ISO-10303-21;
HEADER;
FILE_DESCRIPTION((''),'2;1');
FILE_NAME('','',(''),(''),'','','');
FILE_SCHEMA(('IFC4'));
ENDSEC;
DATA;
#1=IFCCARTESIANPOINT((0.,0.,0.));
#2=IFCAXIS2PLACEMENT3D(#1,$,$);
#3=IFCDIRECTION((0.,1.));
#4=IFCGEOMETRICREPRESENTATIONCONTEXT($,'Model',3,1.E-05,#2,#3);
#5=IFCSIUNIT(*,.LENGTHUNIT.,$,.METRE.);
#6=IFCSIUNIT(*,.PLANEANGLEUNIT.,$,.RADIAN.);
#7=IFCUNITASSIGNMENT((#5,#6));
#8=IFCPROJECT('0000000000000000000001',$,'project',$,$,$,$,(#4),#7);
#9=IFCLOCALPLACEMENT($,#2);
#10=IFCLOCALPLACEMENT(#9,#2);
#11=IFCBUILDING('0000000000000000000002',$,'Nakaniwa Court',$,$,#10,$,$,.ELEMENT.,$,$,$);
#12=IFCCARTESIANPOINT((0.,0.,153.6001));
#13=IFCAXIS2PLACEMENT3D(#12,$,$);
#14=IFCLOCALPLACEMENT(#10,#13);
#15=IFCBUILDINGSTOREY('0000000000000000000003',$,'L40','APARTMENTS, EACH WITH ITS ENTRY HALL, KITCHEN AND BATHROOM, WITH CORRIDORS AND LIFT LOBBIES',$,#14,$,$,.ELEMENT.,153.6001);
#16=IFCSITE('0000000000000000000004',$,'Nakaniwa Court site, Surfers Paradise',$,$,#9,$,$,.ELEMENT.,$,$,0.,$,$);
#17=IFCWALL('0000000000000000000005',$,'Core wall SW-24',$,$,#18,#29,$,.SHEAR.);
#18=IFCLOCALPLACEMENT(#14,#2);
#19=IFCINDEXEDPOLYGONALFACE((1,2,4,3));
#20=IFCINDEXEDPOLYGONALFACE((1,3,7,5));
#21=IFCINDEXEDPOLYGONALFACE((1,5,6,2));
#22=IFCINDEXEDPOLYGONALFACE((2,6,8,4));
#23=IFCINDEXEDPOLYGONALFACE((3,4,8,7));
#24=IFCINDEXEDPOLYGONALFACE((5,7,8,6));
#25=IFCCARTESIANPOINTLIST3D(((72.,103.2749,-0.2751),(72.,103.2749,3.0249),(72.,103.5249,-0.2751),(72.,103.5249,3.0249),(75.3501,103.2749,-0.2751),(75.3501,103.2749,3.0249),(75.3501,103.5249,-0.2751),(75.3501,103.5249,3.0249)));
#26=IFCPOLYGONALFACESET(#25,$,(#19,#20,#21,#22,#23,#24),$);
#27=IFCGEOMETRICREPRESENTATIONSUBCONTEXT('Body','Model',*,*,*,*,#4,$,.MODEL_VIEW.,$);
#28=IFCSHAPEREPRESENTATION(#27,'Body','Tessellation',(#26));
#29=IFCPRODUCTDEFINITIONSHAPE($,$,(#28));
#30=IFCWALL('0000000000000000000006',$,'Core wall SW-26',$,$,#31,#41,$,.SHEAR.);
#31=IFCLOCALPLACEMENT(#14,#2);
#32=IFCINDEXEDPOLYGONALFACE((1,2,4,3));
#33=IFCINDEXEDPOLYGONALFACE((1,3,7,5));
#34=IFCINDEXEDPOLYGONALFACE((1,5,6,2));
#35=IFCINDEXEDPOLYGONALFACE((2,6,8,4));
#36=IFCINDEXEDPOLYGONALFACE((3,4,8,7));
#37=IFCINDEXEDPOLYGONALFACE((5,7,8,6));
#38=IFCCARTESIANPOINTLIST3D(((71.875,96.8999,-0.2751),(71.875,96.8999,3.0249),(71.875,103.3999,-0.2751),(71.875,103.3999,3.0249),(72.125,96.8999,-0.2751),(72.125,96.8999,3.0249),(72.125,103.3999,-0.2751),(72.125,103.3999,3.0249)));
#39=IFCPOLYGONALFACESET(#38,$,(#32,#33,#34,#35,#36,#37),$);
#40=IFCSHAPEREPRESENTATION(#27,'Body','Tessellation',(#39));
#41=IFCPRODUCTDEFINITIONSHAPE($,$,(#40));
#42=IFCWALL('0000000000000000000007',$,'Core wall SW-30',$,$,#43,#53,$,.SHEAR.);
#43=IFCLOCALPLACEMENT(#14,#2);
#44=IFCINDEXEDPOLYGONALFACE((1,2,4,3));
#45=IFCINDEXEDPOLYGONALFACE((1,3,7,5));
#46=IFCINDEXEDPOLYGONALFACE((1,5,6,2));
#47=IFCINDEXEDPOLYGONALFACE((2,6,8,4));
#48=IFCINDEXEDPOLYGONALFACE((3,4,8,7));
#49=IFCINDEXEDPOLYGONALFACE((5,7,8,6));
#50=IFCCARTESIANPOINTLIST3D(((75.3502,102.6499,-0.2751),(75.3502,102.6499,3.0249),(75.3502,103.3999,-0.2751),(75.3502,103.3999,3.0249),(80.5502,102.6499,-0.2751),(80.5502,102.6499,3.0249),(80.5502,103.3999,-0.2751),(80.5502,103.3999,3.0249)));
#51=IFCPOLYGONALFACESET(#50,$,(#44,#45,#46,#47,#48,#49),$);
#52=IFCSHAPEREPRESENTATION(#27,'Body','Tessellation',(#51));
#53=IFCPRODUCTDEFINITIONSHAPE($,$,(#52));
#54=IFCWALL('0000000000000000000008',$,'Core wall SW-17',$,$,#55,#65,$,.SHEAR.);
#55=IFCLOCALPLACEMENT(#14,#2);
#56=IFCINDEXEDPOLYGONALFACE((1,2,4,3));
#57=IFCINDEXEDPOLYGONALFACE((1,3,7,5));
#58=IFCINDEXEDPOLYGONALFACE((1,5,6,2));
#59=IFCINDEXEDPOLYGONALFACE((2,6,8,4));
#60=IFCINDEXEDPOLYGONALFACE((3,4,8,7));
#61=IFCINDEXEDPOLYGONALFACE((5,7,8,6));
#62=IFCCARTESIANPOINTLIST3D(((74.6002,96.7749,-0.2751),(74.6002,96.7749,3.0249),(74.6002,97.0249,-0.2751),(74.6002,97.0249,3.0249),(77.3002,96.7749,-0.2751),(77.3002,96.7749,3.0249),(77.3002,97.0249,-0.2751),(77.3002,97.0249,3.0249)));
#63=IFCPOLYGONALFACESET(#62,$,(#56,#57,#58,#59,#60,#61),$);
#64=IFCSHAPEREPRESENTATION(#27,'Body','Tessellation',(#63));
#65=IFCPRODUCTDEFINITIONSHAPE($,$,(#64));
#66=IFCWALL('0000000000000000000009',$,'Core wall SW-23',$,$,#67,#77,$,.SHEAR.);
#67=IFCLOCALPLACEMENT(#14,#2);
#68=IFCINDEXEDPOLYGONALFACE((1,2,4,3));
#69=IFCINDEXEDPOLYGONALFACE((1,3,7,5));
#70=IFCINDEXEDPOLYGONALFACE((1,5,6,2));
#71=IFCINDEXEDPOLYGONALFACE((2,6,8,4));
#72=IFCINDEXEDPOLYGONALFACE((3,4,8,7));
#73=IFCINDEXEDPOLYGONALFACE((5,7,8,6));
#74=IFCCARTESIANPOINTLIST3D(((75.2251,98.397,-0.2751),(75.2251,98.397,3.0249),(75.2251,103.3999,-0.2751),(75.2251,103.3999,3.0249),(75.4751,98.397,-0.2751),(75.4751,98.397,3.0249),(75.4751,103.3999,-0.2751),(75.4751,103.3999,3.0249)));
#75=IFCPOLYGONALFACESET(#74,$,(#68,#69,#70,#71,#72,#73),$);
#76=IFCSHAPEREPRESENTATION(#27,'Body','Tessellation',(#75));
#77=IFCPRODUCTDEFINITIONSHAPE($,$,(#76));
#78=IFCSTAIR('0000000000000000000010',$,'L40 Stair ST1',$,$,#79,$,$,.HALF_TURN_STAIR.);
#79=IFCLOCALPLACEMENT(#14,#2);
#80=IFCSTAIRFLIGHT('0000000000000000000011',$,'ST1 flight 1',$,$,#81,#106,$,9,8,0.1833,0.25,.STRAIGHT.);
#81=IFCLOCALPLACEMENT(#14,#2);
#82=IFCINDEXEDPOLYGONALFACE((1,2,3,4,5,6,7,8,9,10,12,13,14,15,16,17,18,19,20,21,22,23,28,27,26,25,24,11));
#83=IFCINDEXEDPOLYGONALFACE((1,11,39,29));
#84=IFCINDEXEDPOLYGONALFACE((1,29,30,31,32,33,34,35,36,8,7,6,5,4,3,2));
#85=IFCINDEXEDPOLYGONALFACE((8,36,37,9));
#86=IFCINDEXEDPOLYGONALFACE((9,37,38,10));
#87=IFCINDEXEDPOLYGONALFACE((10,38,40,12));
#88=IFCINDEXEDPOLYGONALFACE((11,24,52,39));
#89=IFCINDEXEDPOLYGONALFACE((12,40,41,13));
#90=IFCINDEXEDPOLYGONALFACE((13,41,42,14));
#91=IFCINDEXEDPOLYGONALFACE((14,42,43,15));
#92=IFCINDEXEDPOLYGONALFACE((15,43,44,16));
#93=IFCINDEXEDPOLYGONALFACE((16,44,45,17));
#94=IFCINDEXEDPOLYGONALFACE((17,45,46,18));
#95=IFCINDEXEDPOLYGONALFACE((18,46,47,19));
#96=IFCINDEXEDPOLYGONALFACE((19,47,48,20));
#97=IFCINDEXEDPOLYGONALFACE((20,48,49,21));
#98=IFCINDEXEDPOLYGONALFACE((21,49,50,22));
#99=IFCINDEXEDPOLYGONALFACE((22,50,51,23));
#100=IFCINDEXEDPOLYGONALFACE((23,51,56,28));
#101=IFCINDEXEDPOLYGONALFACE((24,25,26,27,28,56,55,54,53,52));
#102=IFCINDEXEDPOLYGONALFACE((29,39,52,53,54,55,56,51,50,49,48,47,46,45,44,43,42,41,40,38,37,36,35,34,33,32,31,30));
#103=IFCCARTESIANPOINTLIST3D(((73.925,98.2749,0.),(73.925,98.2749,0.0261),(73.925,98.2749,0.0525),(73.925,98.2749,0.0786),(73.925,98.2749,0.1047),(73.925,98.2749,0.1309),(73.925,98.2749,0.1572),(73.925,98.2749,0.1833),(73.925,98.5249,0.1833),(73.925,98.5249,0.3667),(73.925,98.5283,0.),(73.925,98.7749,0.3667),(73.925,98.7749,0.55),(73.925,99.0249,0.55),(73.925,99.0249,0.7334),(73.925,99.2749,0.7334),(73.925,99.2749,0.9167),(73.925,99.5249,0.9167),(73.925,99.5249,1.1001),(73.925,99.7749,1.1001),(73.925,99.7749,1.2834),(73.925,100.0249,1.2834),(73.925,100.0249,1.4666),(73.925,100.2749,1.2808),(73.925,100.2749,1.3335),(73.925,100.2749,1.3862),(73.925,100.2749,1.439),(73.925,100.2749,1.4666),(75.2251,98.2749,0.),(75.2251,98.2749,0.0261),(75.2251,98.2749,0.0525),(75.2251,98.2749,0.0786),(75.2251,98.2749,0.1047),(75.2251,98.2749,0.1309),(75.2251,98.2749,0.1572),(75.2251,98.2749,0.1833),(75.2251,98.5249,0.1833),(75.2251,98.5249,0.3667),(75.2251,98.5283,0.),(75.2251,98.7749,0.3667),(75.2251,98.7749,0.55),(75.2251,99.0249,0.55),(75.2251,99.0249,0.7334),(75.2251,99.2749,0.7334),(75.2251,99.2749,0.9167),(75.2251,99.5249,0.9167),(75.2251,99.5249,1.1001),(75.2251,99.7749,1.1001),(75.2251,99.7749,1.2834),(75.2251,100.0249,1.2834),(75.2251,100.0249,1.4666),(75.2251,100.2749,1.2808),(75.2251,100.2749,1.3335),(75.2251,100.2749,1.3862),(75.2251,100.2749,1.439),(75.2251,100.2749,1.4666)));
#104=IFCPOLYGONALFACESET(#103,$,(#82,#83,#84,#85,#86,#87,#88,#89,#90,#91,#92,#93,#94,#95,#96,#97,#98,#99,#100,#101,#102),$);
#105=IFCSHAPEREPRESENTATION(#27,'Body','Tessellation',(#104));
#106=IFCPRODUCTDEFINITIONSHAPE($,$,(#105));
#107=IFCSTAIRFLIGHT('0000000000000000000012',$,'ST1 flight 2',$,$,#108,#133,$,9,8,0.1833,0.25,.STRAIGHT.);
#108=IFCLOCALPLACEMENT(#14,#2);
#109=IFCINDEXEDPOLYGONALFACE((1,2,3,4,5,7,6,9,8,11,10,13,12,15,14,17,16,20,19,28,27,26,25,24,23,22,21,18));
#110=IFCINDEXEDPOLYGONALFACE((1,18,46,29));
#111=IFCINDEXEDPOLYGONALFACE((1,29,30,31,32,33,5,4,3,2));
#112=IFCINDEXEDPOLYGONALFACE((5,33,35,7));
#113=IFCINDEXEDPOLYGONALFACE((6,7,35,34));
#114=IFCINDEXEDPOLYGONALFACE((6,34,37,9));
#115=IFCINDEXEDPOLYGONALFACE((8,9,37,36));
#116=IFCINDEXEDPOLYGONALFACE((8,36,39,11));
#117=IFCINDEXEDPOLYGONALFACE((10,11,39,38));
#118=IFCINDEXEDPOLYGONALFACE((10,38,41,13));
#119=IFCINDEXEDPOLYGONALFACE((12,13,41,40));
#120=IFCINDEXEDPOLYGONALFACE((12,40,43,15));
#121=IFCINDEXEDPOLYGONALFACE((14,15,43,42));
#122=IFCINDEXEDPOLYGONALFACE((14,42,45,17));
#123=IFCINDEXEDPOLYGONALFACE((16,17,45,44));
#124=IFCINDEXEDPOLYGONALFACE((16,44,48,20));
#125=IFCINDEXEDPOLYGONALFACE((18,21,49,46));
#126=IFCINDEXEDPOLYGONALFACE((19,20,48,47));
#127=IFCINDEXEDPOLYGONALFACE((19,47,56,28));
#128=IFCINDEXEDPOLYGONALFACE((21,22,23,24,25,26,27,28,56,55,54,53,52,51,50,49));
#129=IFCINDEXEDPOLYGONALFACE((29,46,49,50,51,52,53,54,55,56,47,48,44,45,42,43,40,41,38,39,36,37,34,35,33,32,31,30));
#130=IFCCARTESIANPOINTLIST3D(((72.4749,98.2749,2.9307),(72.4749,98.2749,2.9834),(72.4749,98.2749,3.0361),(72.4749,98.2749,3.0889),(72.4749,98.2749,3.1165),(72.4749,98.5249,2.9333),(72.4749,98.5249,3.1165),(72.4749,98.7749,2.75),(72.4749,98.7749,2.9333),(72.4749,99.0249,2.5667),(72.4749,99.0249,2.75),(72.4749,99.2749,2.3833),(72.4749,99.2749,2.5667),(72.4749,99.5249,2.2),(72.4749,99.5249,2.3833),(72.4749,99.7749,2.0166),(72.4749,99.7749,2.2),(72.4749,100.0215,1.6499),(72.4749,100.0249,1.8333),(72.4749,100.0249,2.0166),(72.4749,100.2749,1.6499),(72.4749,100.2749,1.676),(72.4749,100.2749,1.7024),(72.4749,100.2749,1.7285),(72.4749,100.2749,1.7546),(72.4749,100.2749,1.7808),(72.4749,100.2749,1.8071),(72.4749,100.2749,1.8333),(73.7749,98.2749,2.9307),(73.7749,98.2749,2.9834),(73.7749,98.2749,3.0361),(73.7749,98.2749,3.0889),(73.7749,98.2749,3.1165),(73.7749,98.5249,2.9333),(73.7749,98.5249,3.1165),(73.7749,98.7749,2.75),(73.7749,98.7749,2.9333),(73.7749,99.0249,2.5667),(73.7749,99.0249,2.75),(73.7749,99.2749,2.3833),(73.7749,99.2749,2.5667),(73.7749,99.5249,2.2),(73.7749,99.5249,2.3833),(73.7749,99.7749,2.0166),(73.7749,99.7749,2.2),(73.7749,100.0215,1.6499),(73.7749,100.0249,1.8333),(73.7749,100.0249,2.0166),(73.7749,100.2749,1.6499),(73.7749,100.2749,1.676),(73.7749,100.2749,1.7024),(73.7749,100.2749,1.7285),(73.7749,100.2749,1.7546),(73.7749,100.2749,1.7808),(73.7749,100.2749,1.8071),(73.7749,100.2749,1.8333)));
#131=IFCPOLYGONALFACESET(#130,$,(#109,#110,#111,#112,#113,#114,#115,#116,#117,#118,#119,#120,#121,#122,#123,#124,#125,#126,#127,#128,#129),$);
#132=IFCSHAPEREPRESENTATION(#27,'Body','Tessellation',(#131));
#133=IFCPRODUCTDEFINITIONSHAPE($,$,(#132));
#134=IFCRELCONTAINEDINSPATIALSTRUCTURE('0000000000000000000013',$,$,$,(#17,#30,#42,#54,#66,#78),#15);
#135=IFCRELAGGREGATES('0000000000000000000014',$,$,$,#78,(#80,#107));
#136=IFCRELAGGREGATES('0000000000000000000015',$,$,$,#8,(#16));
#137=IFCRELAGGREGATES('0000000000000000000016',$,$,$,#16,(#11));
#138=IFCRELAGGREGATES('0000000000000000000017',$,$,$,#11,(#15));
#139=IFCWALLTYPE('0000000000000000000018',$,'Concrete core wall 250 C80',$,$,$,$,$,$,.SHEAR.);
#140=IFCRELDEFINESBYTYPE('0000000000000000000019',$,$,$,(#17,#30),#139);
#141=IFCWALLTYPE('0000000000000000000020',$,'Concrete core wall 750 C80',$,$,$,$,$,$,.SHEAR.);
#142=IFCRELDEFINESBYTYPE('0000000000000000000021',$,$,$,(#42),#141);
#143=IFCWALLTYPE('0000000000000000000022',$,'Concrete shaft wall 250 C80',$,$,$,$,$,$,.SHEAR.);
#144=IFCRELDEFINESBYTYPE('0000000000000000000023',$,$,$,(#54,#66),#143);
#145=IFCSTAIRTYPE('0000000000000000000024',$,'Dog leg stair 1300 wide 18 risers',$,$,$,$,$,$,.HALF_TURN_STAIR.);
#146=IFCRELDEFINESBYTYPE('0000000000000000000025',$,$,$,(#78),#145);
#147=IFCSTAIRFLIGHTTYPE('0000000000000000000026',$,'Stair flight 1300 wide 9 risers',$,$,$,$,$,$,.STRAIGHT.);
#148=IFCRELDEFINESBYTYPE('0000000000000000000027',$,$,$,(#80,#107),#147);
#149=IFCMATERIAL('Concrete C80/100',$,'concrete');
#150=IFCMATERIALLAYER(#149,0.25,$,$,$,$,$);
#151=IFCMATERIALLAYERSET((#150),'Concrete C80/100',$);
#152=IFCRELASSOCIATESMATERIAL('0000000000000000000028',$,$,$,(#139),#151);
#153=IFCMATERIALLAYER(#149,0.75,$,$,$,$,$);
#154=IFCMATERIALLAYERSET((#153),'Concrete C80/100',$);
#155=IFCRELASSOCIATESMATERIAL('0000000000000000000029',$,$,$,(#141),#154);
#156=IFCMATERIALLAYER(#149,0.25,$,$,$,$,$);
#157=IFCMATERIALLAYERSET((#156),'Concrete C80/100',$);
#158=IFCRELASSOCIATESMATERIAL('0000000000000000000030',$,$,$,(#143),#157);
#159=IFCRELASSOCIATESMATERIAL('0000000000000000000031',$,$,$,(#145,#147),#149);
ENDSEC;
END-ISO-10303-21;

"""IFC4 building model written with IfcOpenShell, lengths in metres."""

from ifc_helpers import new_model, si_unit, direction, frame, frame_2d, origin, place, context, subcontext, project, spatial, polyline, rectangle, outline, extrude, material, layer, layer_set, type_object, element, aggregate, save


model = new_model("IFC4")

# Units and contexts
model_context = context("Model", 3, precision=1e-05, world=origin(), true_north=direction((0.0, 1.0)))
body_context = subcontext(model_context, "Body", "Model", "MODEL_VIEW")
ifc_project = project(units=[si_unit("LENGTHUNIT", "METRE"), si_unit("PLANEANGLEUNIT", "RADIAN")], contexts=[model_context])

# Site, building, storey
site_placement = place(None, origin())
site = spatial("IfcSite", under=ifc_project, at=site_placement, Name="Nakaniwa Court site, Surfers Paradise", CompositionType="ELEMENT", RefElevation=0.0)
building_placement = place(site_placement, origin())
building = spatial("IfcBuilding", under=site, at=building_placement, Name="Nakaniwa Court", CompositionType="ELEMENT")
storey_placement = place(building_placement, frame((0.0, 0.0, 153.6001)))
storey = spatial("IfcBuildingStorey", under=building, at=storey_placement, Name="L40", Description="APARTMENTS, EACH WITH ITS ENTRY HALL, KITCHEN AND BATHROOM, WITH CORRIDORS AND LIFT LOBBIES", CompositionType="ELEMENT", Elevation=153.6001)

# Shared definitions
ifc_material_1 = material(Name="Concrete C80/100", Category="concrete")

# Walls
ifc_layer_1 = layer(ifc_material_1, 0.25)
ifc_layer_set_1 = layer_set([ifc_layer_1], Name="Concrete C80/100")
wall_type_1 = type_object("IfcWallType", Name="Concrete core wall 250 C80", PredefinedType="SHEAR", material=ifc_layer_set_1)
wall_1_placement = place(storey_placement, frame((72.0, 103.3999, -0.2751), z_axis=(0.0, 0.0, 1.0), x_axis=(1.0, 0.0, 0.0)))
element("IfcWall", 1, at=wall_1_placement, inside=storey, type_object=wall_type_1, Name="Core wall SW-24", PredefinedType="SHEAR", context=body_context, shape_type="SweptSolid", body=[
    extrude(rectangle(XDim=3.3501, YDim=0.25, at=frame_2d((1.675, 0.0))), origin(), (0.0, 0.0, 1.0), 3.3),
])
wall_2_placement = place(storey_placement, frame((72.0, 96.8999, -0.2751), z_axis=(0.0, 0.0, 1.0), x_axis=(0.0, 1.0, 0.0)))
element("IfcWall", 2, at=wall_2_placement, inside=storey, type_object=wall_type_1, Name="Core wall SW-26", PredefinedType="SHEAR", context=body_context, shape_type="SweptSolid", body=[
    extrude(rectangle(XDim=6.5, YDim=0.25, at=frame_2d((3.25, 0.0))), origin(), (0.0, 0.0, 1.0), 3.3),
])
ifc_layer_2 = layer(ifc_material_1, 0.75)
ifc_layer_set_2 = layer_set([ifc_layer_2], Name="Concrete C80/100")
wall_type_2 = type_object("IfcWallType", Name="Concrete core wall 750 C80", PredefinedType="SHEAR", material=ifc_layer_set_2)
wall_3_placement = place(storey_placement, frame((75.3501, 103.0249, -0.2751), z_axis=(0.0, 0.0, 1.0), x_axis=(1.0, 0.0, 0.0)))
element("IfcWall", 3, at=wall_3_placement, inside=storey, type_object=wall_type_2, Name="Core wall SW-30", PredefinedType="SHEAR", context=body_context, shape_type="SweptSolid", body=[
    extrude(rectangle(XDim=5.2, YDim=0.75, at=frame_2d((2.6001, 0.0))), origin(), (0.0, 0.0, 1.0), 3.3),
])
ifc_layer_3 = layer(ifc_material_1, 0.25)
ifc_layer_set_3 = layer_set([ifc_layer_3], Name="Concrete C80/100")
wall_type_3 = type_object("IfcWallType", Name="Concrete shaft wall 250 C80", PredefinedType="SHEAR", material=ifc_layer_set_3)
wall_4_placement = place(storey_placement, frame((74.6001, 96.8999, -0.2751), z_axis=(0.0, 0.0, 1.0), x_axis=(1.0, 0.0, 0.0)))
element("IfcWall", 4, at=wall_4_placement, inside=storey, type_object=wall_type_3, Name="Core wall SW-17", PredefinedType="SHEAR", context=body_context, shape_type="SweptSolid", body=[
    extrude(rectangle(XDim=2.7, YDim=0.25, at=frame_2d((1.3501, 0.0))), origin(), (0.0, 0.0, 1.0), 3.3),
])
wall_5_placement = place(storey_placement, frame((75.3501, 98.397, -0.2751), z_axis=(0.0, 0.0, 1.0), x_axis=(0.0, 1.0, 0.0)))
element("IfcWall", 5, at=wall_5_placement, inside=storey, type_object=wall_type_3, Name="Core wall SW-23", PredefinedType="SHEAR", context=body_context, shape_type="SweptSolid", body=[
    extrude(rectangle(XDim=5.0029, YDim=0.25, at=frame_2d((2.5015, 0.0))), origin(), (0.0, 0.0, 1.0), 3.3),
])

# Stair, stair flights
stair_type = type_object("IfcStairType", Name="Dog leg stair 1300 wide 18 risers", PredefinedType="HALF_TURN_STAIR", material=ifc_material_1)
stair_placement = place(storey_placement, origin())
stair = element("IfcStair", 6, at=stair_placement, inside=storey, type_object=stair_type, Name="L40 Stair ST1", PredefinedType="HALF_TURN_STAIR")
stair_flight_type = type_object("IfcStairFlightType", Name="Stair flight 1300 wide 9 risers", PredefinedType="STRAIGHT", material=ifc_material_1)
stair_flight_1_placement = place(storey_placement, frame((74.575, 98.2749, 0.0), z_axis=(0.0, 0.0, 1.0), x_axis=(0.0, 1.0, 0.0)))
stair_flight_1 = element("IfcStairFlight", 7, at=stair_flight_1_placement, type_object=stair_flight_type, Name="ST1 flight 1", NumberOfRisers=9, NumberOfTreads=8, PredefinedType="STRAIGHT", RiserHeight=0.1833, TreadLength=0.25, context=body_context, shape_type="SweptSolid", body=[
    extrude(outline(polyline([(0.0, 0.0), (0.0, 0.0261), (0.0, 0.0525), (0.0, 0.0786), (0.0, 0.1047), (0.0, 0.1309), (0.0, 0.1572), (0.0, 0.1833), (0.25, 0.1833), (0.25, 0.3667), (0.5, 0.3667), (0.5, 0.55), (0.75, 0.55), (0.75, 0.7334), (1.0, 0.7334), (1.0, 0.9167), (1.25, 0.9167), (1.25, 1.1001), (1.5, 1.1001), (1.5, 1.2834), (1.75, 1.2834), (1.75, 1.4666), (2.0, 1.4666), (2.0, 1.6499), (2.0, 1.5972), (2.0, 1.5444), (2.0, 1.4917), (2.0, 1.439), (2.0, 1.3862), (2.0, 1.3335), (2.0, 1.2808), (0.2534, 0.0), (0.0, 0.0)])), frame((0.0, 0.6499, 0.0), z_axis=(0.0, -1.0, 0.0), x_axis=(1.0, 0.0, 0.0)), (0.0, 0.0, 1.0), 1.3),
])
stair_flight_2_placement = place(storey_placement, frame((73.125, 100.2749, 1.6499), z_axis=(0.0, 0.0, 1.0), x_axis=(0.0, -1.0, 0.0)))
stair_flight_2 = element("IfcStairFlight", 8, at=stair_flight_2_placement, type_object=stair_flight_type, Name="ST1 flight 2", NumberOfRisers=9, NumberOfTreads=8, PredefinedType="STRAIGHT", RiserHeight=0.1833, TreadLength=0.25, context=body_context, shape_type="SweptSolid", body=[
    extrude(outline(polyline([(0.0, 0.0), (0.0, 0.0261), (0.0, 0.0525), (0.0, 0.0786), (0.0, 0.1047), (0.0, 0.1309), (0.0, 0.1572), (0.0, 0.1833), (0.25, 0.1833), (0.25, 0.3667), (0.5, 0.3667), (0.5, 0.55), (0.75, 0.55), (0.75, 0.7334), (1.0, 0.7334), (1.0, 0.9167), (1.25, 0.9167), (1.25, 1.1001), (1.5, 1.1001), (1.5, 1.2834), (1.75, 1.2834), (1.75, 1.4666), (2.0, 1.4666), (2.0, 1.6499), (2.0, 1.5972), (2.0, 1.5444), (2.0, 1.4917), (2.0, 1.439), (2.0, 1.3862), (2.0, 1.3335), (2.0, 1.2808), (0.2534, 0.0), (0.0, 0.0)])), frame((0.0, 0.6499, 0.0), z_axis=(0.0, -1.0, 0.0), x_axis=(1.0, 0.0, 0.0)), (0.0, 0.0, 1.0), 1.3),
])
aggregate(stair, [stair_flight_1, stair_flight_2])

save(model, "model.ifc")
